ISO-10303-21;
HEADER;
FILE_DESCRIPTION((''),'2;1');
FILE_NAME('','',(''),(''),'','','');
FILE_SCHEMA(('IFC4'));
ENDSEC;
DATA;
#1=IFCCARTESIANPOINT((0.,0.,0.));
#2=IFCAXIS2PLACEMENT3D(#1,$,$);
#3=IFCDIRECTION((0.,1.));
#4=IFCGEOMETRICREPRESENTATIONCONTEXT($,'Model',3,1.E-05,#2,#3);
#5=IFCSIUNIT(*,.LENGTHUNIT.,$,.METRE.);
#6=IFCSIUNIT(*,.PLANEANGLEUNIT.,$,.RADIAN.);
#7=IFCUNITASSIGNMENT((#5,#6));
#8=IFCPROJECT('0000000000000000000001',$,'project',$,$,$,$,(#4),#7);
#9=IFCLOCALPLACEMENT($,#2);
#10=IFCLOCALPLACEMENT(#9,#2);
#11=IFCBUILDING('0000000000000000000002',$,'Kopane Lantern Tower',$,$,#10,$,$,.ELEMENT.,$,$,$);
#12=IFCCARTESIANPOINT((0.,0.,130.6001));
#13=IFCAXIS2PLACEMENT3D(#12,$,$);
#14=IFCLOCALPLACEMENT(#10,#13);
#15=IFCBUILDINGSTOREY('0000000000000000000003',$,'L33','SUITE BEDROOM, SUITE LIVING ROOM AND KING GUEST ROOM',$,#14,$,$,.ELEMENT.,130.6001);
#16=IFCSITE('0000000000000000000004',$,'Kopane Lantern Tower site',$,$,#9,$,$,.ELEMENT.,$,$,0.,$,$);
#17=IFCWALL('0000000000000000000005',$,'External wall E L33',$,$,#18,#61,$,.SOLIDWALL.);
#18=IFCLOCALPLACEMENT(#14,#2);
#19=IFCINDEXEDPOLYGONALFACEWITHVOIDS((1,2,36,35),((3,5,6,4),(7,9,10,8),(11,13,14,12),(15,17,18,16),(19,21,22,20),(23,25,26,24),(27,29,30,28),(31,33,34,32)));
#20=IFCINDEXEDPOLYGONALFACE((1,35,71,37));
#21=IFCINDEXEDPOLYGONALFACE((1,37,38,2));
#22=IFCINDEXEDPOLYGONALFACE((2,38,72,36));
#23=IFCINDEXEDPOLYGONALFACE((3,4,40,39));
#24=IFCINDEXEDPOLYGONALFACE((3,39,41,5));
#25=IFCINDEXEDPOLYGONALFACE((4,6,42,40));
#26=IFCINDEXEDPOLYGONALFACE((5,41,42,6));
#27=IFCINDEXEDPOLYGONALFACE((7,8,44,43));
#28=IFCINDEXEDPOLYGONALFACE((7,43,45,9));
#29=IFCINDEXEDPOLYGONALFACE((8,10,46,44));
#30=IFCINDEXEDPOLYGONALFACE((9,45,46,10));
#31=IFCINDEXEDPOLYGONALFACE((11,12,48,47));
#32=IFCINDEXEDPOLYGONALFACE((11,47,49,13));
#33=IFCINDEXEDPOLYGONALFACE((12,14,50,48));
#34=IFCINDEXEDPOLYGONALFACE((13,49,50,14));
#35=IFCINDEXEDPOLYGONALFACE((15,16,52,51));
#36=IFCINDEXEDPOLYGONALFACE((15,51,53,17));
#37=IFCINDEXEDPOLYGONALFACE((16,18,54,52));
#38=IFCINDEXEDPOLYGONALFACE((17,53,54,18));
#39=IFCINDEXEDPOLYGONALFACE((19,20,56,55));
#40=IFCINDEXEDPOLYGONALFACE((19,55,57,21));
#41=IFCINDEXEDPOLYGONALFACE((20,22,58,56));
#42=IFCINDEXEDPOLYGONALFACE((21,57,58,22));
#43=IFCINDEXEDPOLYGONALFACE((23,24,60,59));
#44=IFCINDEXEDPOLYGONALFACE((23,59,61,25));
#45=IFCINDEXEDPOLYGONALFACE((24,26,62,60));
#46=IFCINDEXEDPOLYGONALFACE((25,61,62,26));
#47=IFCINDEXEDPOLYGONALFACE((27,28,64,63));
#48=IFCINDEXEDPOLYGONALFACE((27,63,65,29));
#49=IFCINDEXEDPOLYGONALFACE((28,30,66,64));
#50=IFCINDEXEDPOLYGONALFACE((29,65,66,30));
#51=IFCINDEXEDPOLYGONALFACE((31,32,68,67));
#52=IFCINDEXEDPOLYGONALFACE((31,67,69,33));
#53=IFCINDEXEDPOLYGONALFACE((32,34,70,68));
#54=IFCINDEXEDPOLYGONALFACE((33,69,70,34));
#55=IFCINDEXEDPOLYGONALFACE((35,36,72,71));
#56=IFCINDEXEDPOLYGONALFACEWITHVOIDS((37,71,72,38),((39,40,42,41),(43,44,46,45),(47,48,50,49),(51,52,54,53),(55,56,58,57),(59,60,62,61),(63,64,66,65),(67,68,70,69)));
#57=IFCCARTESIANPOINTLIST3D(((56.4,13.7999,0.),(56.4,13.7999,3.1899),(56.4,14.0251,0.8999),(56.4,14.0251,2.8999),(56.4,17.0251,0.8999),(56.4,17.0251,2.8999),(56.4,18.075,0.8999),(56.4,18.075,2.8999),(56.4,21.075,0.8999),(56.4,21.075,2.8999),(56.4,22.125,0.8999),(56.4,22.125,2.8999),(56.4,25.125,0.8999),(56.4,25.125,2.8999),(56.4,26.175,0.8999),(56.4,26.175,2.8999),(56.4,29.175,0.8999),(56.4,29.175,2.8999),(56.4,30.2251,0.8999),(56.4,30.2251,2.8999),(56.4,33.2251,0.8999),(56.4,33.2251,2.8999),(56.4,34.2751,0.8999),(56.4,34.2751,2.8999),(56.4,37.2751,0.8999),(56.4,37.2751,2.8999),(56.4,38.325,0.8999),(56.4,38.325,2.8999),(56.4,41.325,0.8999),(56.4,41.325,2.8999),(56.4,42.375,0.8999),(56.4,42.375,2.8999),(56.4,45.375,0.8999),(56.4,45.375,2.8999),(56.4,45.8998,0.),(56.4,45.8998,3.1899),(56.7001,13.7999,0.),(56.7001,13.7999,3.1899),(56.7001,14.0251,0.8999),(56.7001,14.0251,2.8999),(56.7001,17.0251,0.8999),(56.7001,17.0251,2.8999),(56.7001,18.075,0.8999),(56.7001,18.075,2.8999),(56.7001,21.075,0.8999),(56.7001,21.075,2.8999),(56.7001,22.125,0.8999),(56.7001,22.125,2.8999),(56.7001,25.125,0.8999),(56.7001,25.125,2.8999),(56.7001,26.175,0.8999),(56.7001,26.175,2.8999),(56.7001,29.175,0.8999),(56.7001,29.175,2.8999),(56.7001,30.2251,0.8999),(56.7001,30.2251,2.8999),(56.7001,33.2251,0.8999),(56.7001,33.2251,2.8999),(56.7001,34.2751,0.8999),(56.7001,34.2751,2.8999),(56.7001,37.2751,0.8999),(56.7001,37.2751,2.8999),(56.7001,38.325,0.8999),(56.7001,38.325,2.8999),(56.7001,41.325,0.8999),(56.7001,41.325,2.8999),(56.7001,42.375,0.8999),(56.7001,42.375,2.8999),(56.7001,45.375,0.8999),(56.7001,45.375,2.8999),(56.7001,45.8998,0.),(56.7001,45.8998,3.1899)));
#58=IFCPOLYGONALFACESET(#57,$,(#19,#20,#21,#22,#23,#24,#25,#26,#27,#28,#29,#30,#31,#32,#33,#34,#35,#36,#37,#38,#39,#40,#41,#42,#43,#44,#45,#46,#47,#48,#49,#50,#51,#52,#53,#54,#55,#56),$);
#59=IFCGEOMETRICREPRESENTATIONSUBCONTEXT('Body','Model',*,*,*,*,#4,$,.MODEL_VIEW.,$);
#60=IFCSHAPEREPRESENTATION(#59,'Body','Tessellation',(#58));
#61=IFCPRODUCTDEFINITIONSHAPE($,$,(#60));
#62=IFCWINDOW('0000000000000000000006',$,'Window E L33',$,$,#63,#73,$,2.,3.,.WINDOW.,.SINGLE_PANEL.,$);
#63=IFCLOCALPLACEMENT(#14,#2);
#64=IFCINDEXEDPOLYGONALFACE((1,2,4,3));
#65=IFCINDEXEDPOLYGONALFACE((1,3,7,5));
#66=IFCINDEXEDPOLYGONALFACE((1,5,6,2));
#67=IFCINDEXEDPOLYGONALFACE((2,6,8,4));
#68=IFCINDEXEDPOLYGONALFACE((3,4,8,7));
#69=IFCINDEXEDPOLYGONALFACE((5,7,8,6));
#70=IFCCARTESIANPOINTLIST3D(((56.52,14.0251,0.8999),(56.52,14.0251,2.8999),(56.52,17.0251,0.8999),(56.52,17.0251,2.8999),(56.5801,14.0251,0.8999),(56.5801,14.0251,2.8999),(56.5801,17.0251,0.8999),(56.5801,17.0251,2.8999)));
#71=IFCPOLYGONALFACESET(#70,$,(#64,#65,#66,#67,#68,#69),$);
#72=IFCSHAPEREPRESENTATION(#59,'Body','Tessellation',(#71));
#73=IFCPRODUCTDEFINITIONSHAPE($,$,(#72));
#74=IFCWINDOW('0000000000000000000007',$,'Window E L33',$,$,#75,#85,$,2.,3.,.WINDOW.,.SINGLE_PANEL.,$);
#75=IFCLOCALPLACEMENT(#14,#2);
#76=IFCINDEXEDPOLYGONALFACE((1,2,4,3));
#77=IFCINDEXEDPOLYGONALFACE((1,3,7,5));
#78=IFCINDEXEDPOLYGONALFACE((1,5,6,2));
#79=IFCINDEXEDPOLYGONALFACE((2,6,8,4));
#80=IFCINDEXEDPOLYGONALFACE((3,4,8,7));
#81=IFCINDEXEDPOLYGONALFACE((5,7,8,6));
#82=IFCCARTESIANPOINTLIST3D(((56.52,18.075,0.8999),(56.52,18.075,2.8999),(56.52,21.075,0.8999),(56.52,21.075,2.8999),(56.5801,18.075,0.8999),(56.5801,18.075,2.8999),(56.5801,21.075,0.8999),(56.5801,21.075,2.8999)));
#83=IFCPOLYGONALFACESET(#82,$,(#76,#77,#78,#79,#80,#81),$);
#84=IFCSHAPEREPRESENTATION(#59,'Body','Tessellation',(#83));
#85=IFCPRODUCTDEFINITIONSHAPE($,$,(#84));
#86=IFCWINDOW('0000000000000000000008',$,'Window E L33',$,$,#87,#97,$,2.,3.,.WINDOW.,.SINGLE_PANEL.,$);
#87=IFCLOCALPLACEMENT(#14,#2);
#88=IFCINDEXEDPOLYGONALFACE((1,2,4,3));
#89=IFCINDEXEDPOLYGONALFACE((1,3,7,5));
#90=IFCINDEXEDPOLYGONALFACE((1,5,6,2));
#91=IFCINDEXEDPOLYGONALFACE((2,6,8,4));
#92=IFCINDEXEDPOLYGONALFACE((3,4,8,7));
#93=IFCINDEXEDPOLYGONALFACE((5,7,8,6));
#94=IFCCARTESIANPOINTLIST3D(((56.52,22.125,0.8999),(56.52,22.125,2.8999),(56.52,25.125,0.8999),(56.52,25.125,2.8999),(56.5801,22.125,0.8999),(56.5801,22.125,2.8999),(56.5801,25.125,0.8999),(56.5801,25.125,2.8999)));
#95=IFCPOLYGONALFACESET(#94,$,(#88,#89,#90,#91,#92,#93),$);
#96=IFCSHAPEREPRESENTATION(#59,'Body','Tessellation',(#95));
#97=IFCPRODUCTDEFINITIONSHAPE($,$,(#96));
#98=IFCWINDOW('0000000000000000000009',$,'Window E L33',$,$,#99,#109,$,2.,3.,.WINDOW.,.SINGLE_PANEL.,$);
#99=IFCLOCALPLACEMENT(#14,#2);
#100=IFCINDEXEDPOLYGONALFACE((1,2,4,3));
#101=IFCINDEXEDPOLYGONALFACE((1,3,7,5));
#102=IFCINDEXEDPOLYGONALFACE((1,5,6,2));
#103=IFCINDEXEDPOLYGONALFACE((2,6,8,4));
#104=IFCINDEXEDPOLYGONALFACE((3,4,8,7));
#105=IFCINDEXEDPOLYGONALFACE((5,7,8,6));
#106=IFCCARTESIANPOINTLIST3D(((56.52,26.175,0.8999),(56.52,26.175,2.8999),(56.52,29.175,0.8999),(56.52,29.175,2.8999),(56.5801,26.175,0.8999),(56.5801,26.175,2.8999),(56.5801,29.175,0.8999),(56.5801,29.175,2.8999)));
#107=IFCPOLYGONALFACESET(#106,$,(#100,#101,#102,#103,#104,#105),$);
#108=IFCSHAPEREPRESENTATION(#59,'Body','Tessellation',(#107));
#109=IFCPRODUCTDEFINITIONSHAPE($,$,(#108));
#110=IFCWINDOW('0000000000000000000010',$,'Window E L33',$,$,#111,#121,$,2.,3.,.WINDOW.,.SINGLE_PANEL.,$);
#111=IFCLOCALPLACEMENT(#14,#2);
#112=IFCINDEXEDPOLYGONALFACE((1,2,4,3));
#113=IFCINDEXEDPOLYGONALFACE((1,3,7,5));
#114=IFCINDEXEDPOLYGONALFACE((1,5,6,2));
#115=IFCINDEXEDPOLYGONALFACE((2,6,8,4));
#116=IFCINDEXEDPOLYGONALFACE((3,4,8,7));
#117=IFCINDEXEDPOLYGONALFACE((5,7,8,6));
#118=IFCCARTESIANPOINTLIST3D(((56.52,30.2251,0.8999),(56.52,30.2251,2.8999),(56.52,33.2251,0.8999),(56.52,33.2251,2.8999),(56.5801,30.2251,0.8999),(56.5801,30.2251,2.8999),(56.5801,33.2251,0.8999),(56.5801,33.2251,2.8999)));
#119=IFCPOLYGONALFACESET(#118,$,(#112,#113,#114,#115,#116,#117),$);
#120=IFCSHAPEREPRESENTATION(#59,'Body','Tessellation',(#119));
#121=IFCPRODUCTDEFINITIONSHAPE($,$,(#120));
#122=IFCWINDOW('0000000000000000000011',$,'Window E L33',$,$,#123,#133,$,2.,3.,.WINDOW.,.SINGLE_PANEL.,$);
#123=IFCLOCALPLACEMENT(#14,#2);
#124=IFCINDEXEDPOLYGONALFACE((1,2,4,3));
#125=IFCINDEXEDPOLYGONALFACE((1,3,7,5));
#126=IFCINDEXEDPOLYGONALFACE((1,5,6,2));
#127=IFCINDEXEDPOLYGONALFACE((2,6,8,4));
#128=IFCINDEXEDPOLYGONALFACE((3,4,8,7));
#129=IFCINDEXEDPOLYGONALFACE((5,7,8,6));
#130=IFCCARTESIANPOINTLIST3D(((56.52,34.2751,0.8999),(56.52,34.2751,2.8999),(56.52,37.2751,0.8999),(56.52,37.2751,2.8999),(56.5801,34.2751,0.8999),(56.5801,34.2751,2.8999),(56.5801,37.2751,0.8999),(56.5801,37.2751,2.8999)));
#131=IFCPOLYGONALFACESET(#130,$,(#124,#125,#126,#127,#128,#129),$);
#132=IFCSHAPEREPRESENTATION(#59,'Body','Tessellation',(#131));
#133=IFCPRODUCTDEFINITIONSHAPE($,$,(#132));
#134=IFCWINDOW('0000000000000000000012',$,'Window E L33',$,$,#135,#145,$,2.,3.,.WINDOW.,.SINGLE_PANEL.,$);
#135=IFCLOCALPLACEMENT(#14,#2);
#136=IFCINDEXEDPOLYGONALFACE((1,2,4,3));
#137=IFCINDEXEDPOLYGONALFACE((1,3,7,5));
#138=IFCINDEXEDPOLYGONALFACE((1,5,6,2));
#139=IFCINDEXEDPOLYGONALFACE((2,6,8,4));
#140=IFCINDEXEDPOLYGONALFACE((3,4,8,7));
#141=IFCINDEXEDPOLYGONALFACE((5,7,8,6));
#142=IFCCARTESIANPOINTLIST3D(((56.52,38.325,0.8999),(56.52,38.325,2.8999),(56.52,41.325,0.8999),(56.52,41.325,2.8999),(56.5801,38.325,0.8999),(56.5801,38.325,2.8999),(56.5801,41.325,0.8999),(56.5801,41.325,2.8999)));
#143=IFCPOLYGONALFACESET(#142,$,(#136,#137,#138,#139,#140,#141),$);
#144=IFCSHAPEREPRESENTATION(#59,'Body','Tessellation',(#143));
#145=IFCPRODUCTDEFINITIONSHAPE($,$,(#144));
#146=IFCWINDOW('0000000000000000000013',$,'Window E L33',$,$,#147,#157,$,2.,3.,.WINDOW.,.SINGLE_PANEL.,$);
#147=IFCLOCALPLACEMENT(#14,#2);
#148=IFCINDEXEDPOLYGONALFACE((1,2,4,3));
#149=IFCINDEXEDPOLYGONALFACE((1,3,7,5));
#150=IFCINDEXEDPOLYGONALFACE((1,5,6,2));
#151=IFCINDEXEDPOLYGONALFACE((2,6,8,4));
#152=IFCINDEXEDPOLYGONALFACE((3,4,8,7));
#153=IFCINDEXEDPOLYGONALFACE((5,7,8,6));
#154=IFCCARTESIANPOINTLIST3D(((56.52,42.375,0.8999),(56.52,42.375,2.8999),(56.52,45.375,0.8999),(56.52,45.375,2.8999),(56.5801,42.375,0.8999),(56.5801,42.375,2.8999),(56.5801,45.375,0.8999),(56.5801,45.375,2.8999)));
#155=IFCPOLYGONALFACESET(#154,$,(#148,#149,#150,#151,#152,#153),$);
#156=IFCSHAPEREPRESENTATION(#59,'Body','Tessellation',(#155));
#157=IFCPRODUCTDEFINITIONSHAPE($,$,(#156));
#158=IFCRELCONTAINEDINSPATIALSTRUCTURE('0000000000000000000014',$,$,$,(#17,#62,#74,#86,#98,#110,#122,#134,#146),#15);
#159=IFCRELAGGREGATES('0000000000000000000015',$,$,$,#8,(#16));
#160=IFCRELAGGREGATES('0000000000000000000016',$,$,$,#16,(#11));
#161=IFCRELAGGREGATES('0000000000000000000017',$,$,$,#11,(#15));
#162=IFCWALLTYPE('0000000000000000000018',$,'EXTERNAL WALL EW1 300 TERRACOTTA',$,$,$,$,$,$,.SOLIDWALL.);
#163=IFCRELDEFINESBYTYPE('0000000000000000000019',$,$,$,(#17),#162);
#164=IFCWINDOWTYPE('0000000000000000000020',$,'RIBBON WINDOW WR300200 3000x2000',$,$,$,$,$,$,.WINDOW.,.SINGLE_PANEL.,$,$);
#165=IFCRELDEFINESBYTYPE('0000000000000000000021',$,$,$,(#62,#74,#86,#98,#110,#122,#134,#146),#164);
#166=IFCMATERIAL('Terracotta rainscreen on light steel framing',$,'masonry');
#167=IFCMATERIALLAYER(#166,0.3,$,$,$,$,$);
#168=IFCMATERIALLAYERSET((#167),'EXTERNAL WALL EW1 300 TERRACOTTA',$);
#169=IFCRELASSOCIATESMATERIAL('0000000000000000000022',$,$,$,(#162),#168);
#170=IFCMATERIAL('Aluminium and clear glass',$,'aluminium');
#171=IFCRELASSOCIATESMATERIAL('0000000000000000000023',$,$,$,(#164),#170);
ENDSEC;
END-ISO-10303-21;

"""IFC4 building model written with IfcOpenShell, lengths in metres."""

from ifc_helpers import new_model, si_unit, direction, frame, frame_2d, origin, place, context, subcontext, project, spatial, rectangle, extrude, material, layer, layer_set, type_object, element, fill, save


model = new_model("IFC4")

# Units and contexts
model_context = context("Model", 3, precision=1e-05, world=origin(), true_north=direction((0.0, 1.0)))
body_context = subcontext(model_context, "Body", "Model", "MODEL_VIEW")
ifc_project = project(units=[si_unit("LENGTHUNIT", "METRE"), si_unit("PLANEANGLEUNIT", "RADIAN")], contexts=[model_context])

# Site, building, storey
site_placement = place(None, origin())
site = spatial("IfcSite", under=ifc_project, at=site_placement, Name="Kopane Lantern Tower site", CompositionType="ELEMENT", RefElevation=0.0)
building_placement = place(site_placement, origin())
building = spatial("IfcBuilding", under=site, at=building_placement, Name="Kopane Lantern Tower", CompositionType="ELEMENT")
storey_placement = place(building_placement, frame((0.0, 0.0, 130.6001)))
storey = spatial("IfcBuildingStorey", under=building, at=storey_placement, Name="L33", Description="SUITE BEDROOM, SUITE LIVING ROOM AND KING GUEST ROOM", CompositionType="ELEMENT", Elevation=130.6001)

# Shared definitions
ifc_material_1 = material(Name="Terracotta rainscreen on light steel framing", Category="masonry")
ifc_layer_1 = layer(ifc_material_1, 0.3)
ifc_layer_set_1 = layer_set([ifc_layer_1], Name="EXTERNAL WALL EW1 300 TERRACOTTA")
wall_type_1 = type_object("IfcWallType", Name="EXTERNAL WALL EW1 300 TERRACOTTA", PredefinedType="SOLIDWALL", material=ifc_layer_set_1)

# Wall, openings, windows
wall_1_placement = place(storey_placement, frame((56.55, 13.8, 0.0), z_axis=(0.0, 0.0, 1.0), x_axis=(0.0, 1.0, 0.0)))
wall_1 = element("IfcWall", 1, at=wall_1_placement, inside=storey, type_object=wall_type_1, Name="External wall E L33", PredefinedType="SOLIDWALL", context=body_context, shape_type="SweptSolid", body=[
    extrude(rectangle(XDim=32.0999, YDim=0.3, at=frame_2d((16.0498, 0.0))), origin(), (0.0, 0.0, 1.0), 3.1899),
])
opening_1_placement = place(wall_1_placement, frame((0.2251, 0.0, 0.8999)))
opening_1 = element("IfcOpeningElement", 2, at=opening_1_placement, cuts=wall_1, PredefinedType="OPENING", context=body_context, shape_type="SweptSolid", body=[
    extrude(rectangle(XDim=3.0, YDim=2.0, at=frame_2d((1.5, 1.0))), frame((0.0, 0.1599, 0.0), z_axis=(0.0, -1.0, 0.0), x_axis=(1.0, 0.0, 0.0)), (0.0, 0.0, 1.0), 0.3201),
])
opening_2_placement = place(wall_1_placement, frame((4.2749, 0.0, 0.8999)))
opening_2 = element("IfcOpeningElement", 3, at=opening_2_placement, cuts=wall_1, PredefinedType="OPENING", context=body_context, shape_type="SweptSolid", body=[
    extrude(rectangle(XDim=3.0, YDim=2.0, at=frame_2d((1.5, 1.0))), frame((0.0, 0.1599, 0.0), z_axis=(0.0, -1.0, 0.0), x_axis=(1.0, 0.0, 0.0)), (0.0, 0.0, 1.0), 0.3201),
])
opening_3_placement = place(wall_1_placement, frame((8.325, 0.0, 0.8999)))
opening_3 = element("IfcOpeningElement", 4, at=opening_3_placement, cuts=wall_1, PredefinedType="OPENING", context=body_context, shape_type="SweptSolid", body=[
    extrude(rectangle(XDim=3.0, YDim=2.0, at=frame_2d((1.5, 1.0))), frame((0.0, 0.1599, 0.0), z_axis=(0.0, -1.0, 0.0), x_axis=(1.0, 0.0, 0.0)), (0.0, 0.0, 1.0), 0.3201),
])
opening_4_placement = place(wall_1_placement, frame((12.375, 0.0, 0.8999)))
opening_4 = element("IfcOpeningElement", 5, at=opening_4_placement, cuts=wall_1, PredefinedType="OPENING", context=body_context, shape_type="SweptSolid", body=[
    extrude(rectangle(XDim=3.0, YDim=2.0, at=frame_2d((1.5, 1.0))), frame((0.0, 0.1599, 0.0), z_axis=(0.0, -1.0, 0.0), x_axis=(1.0, 0.0, 0.0)), (0.0, 0.0, 1.0), 0.3201),
])
opening_5_placement = place(wall_1_placement, frame((16.425, 0.0, 0.8999)))
opening_5 = element("IfcOpeningElement", 6, at=opening_5_placement, cuts=wall_1, PredefinedType="OPENING", context=body_context, shape_type="SweptSolid", body=[
    extrude(rectangle(XDim=3.0, YDim=2.0, at=frame_2d((1.5, 1.0))), frame((0.0, 0.1599, 0.0), z_axis=(0.0, -1.0, 0.0), x_axis=(1.0, 0.0, 0.0)), (0.0, 0.0, 1.0), 0.3201),
])
opening_6_placement = place(wall_1_placement, frame((20.4751, 0.0, 0.8999)))
opening_6 = element("IfcOpeningElement", 7, at=opening_6_placement, cuts=wall_1, PredefinedType="OPENING", context=body_context, shape_type="SweptSolid", body=[
    extrude(rectangle(XDim=3.0, YDim=2.0, at=frame_2d((1.5, 1.0))), frame((0.0, 0.1599, 0.0), z_axis=(0.0, -1.0, 0.0), x_axis=(1.0, 0.0, 0.0)), (0.0, 0.0, 1.0), 0.3201),
])
opening_7_placement = place(wall_1_placement, frame((24.5249, 0.0, 0.8999)))
opening_7 = element("IfcOpeningElement", 8, at=opening_7_placement, cuts=wall_1, PredefinedType="OPENING", context=body_context, shape_type="SweptSolid", body=[
    extrude(rectangle(XDim=3.0, YDim=2.0, at=frame_2d((1.5, 1.0))), frame((0.0, 0.1599, 0.0), z_axis=(0.0, -1.0, 0.0), x_axis=(1.0, 0.0, 0.0)), (0.0, 0.0, 1.0), 0.3201),
])
opening_8_placement = place(wall_1_placement, frame((28.575, 0.0, 0.8999)))
opening_8 = element("IfcOpeningElement", 9, at=opening_8_placement, cuts=wall_1, PredefinedType="OPENING", context=body_context, shape_type="SweptSolid", body=[
    extrude(rectangle(XDim=3.0, YDim=2.0, at=frame_2d((1.5, 1.0))), frame((0.0, 0.1599, 0.0), z_axis=(0.0, -1.0, 0.0), x_axis=(1.0, 0.0, 0.0)), (0.0, 0.0, 1.0), 0.3201),
])
ifc_material_2 = material(Name="Aluminium and clear glass", Category="aluminium")
window_type_1 = type_object("IfcWindowType", Name="RIBBON WINDOW WR300200 3000x2000", PartitioningType="SINGLE_PANEL", PredefinedType="WINDOW", material=ifc_material_2)
window_1_placement = place(opening_1_placement, origin())
window_1 = element("IfcWindow", 10, at=window_1_placement, inside=storey, type_object=window_type_1, Name="Window E L33", OverallHeight=2.0, OverallWidth=3.0, PartitioningType="SINGLE_PANEL", PredefinedType="WINDOW", context=body_context, shape_type="SweptSolid", body=[
    extrude(rectangle(XDim=3.0, YDim=2.0, at=frame_2d((1.5, 1.0))), frame((0.0, 0.03, 0.0), z_axis=(0.0, -1.0, 0.0), x_axis=(1.0, 0.0, 0.0)), (0.0, 0.0, 1.0), 0.0601),
])
fill(opening_1, window_1)
window_2_placement = place(opening_2_placement, origin())
window_2 = element("IfcWindow", 11, at=window_2_placement, inside=storey, type_object=window_type_1, Name="Window E L33", OverallHeight=2.0, OverallWidth=3.0, PartitioningType="SINGLE_PANEL", PredefinedType="WINDOW", context=body_context, shape_type="SweptSolid", body=[
    extrude(rectangle(XDim=3.0, YDim=2.0, at=frame_2d((1.5, 1.0))), frame((0.0, 0.03, 0.0), z_axis=(0.0, -1.0, 0.0), x_axis=(1.0, 0.0, 0.0)), (0.0, 0.0, 1.0), 0.0601),
])
fill(opening_2, window_2)
window_3_placement = place(opening_3_placement, origin())
window_3 = element("IfcWindow", 12, at=window_3_placement, inside=storey, type_object=window_type_1, Name="Window E L33", OverallHeight=2.0, OverallWidth=3.0, PartitioningType="SINGLE_PANEL", PredefinedType="WINDOW", context=body_context, shape_type="SweptSolid", body=[
    extrude(rectangle(XDim=3.0, YDim=2.0, at=frame_2d((1.5, 1.0))), frame((0.0, 0.03, 0.0), z_axis=(0.0, -1.0, 0.0), x_axis=(1.0, 0.0, 0.0)), (0.0, 0.0, 1.0), 0.0601),
])
fill(opening_3, window_3)
window_4_placement = place(opening_4_placement, origin())
window_4 = element("IfcWindow", 13, at=window_4_placement, inside=storey, type_object=window_type_1, Name="Window E L33", OverallHeight=2.0, OverallWidth=3.0, PartitioningType="SINGLE_PANEL", PredefinedType="WINDOW", context=body_context, shape_type="SweptSolid", body=[
    extrude(rectangle(XDim=3.0, YDim=2.0, at=frame_2d((1.5, 1.0))), frame((0.0, 0.03, 0.0), z_axis=(0.0, -1.0, 0.0), x_axis=(1.0, 0.0, 0.0)), (0.0, 0.0, 1.0), 0.0601),
])
fill(opening_4, window_4)
window_5_placement = place(opening_5_placement, origin())
window_5 = element("IfcWindow", 14, at=window_5_placement, inside=storey, type_object=window_type_1, Name="Window E L33", OverallHeight=2.0, OverallWidth=3.0, PartitioningType="SINGLE_PANEL", PredefinedType="WINDOW", context=body_context, shape_type="SweptSolid", body=[
    extrude(rectangle(XDim=3.0, YDim=2.0, at=frame_2d((1.5, 1.0))), frame((0.0, 0.03, 0.0), z_axis=(0.0, -1.0, 0.0), x_axis=(1.0, 0.0, 0.0)), (0.0, 0.0, 1.0), 0.0601),
])
fill(opening_5, window_5)
window_6_placement = place(opening_6_placement, origin())
window_6 = element("IfcWindow", 15, at=window_6_placement, inside=storey, type_object=window_type_1, Name="Window E L33", OverallHeight=2.0, OverallWidth=3.0, PartitioningType="SINGLE_PANEL", PredefinedType="WINDOW", context=body_context, shape_type="SweptSolid", body=[
    extrude(rectangle(XDim=3.0, YDim=2.0, at=frame_2d((1.5, 1.0))), frame((0.0, 0.03, 0.0), z_axis=(0.0, -1.0, 0.0), x_axis=(1.0, 0.0, 0.0)), (0.0, 0.0, 1.0), 0.0601),
])
fill(opening_6, window_6)
window_7_placement = place(opening_7_placement, origin())
window_7 = element("IfcWindow", 16, at=window_7_placement, inside=storey, type_object=window_type_1, Name="Window E L33", OverallHeight=2.0, OverallWidth=3.0, PartitioningType="SINGLE_PANEL", PredefinedType="WINDOW", context=body_context, shape_type="SweptSolid", body=[
    extrude(rectangle(XDim=3.0, YDim=2.0, at=frame_2d((1.5, 1.0))), frame((0.0, 0.03, 0.0), z_axis=(0.0, -1.0, 0.0), x_axis=(1.0, 0.0, 0.0)), (0.0, 0.0, 1.0), 0.0601),
])
fill(opening_7, window_7)
window_8_placement = place(opening_8_placement, origin())
window_8 = element("IfcWindow", 17, at=window_8_placement, inside=storey, type_object=window_type_1, Name="Window E L33", OverallHeight=2.0, OverallWidth=3.0, PartitioningType="SINGLE_PANEL", PredefinedType="WINDOW", context=body_context, shape_type="SweptSolid", body=[
    extrude(rectangle(XDim=3.0, YDim=2.0, at=frame_2d((1.5, 1.0))), frame((0.0, 0.03, 0.0), z_axis=(0.0, -1.0, 0.0), x_axis=(1.0, 0.0, 0.0)), (0.0, 0.0, 1.0), 0.0601),
])
fill(opening_8, window_8)

save(model, "model.ifc")
